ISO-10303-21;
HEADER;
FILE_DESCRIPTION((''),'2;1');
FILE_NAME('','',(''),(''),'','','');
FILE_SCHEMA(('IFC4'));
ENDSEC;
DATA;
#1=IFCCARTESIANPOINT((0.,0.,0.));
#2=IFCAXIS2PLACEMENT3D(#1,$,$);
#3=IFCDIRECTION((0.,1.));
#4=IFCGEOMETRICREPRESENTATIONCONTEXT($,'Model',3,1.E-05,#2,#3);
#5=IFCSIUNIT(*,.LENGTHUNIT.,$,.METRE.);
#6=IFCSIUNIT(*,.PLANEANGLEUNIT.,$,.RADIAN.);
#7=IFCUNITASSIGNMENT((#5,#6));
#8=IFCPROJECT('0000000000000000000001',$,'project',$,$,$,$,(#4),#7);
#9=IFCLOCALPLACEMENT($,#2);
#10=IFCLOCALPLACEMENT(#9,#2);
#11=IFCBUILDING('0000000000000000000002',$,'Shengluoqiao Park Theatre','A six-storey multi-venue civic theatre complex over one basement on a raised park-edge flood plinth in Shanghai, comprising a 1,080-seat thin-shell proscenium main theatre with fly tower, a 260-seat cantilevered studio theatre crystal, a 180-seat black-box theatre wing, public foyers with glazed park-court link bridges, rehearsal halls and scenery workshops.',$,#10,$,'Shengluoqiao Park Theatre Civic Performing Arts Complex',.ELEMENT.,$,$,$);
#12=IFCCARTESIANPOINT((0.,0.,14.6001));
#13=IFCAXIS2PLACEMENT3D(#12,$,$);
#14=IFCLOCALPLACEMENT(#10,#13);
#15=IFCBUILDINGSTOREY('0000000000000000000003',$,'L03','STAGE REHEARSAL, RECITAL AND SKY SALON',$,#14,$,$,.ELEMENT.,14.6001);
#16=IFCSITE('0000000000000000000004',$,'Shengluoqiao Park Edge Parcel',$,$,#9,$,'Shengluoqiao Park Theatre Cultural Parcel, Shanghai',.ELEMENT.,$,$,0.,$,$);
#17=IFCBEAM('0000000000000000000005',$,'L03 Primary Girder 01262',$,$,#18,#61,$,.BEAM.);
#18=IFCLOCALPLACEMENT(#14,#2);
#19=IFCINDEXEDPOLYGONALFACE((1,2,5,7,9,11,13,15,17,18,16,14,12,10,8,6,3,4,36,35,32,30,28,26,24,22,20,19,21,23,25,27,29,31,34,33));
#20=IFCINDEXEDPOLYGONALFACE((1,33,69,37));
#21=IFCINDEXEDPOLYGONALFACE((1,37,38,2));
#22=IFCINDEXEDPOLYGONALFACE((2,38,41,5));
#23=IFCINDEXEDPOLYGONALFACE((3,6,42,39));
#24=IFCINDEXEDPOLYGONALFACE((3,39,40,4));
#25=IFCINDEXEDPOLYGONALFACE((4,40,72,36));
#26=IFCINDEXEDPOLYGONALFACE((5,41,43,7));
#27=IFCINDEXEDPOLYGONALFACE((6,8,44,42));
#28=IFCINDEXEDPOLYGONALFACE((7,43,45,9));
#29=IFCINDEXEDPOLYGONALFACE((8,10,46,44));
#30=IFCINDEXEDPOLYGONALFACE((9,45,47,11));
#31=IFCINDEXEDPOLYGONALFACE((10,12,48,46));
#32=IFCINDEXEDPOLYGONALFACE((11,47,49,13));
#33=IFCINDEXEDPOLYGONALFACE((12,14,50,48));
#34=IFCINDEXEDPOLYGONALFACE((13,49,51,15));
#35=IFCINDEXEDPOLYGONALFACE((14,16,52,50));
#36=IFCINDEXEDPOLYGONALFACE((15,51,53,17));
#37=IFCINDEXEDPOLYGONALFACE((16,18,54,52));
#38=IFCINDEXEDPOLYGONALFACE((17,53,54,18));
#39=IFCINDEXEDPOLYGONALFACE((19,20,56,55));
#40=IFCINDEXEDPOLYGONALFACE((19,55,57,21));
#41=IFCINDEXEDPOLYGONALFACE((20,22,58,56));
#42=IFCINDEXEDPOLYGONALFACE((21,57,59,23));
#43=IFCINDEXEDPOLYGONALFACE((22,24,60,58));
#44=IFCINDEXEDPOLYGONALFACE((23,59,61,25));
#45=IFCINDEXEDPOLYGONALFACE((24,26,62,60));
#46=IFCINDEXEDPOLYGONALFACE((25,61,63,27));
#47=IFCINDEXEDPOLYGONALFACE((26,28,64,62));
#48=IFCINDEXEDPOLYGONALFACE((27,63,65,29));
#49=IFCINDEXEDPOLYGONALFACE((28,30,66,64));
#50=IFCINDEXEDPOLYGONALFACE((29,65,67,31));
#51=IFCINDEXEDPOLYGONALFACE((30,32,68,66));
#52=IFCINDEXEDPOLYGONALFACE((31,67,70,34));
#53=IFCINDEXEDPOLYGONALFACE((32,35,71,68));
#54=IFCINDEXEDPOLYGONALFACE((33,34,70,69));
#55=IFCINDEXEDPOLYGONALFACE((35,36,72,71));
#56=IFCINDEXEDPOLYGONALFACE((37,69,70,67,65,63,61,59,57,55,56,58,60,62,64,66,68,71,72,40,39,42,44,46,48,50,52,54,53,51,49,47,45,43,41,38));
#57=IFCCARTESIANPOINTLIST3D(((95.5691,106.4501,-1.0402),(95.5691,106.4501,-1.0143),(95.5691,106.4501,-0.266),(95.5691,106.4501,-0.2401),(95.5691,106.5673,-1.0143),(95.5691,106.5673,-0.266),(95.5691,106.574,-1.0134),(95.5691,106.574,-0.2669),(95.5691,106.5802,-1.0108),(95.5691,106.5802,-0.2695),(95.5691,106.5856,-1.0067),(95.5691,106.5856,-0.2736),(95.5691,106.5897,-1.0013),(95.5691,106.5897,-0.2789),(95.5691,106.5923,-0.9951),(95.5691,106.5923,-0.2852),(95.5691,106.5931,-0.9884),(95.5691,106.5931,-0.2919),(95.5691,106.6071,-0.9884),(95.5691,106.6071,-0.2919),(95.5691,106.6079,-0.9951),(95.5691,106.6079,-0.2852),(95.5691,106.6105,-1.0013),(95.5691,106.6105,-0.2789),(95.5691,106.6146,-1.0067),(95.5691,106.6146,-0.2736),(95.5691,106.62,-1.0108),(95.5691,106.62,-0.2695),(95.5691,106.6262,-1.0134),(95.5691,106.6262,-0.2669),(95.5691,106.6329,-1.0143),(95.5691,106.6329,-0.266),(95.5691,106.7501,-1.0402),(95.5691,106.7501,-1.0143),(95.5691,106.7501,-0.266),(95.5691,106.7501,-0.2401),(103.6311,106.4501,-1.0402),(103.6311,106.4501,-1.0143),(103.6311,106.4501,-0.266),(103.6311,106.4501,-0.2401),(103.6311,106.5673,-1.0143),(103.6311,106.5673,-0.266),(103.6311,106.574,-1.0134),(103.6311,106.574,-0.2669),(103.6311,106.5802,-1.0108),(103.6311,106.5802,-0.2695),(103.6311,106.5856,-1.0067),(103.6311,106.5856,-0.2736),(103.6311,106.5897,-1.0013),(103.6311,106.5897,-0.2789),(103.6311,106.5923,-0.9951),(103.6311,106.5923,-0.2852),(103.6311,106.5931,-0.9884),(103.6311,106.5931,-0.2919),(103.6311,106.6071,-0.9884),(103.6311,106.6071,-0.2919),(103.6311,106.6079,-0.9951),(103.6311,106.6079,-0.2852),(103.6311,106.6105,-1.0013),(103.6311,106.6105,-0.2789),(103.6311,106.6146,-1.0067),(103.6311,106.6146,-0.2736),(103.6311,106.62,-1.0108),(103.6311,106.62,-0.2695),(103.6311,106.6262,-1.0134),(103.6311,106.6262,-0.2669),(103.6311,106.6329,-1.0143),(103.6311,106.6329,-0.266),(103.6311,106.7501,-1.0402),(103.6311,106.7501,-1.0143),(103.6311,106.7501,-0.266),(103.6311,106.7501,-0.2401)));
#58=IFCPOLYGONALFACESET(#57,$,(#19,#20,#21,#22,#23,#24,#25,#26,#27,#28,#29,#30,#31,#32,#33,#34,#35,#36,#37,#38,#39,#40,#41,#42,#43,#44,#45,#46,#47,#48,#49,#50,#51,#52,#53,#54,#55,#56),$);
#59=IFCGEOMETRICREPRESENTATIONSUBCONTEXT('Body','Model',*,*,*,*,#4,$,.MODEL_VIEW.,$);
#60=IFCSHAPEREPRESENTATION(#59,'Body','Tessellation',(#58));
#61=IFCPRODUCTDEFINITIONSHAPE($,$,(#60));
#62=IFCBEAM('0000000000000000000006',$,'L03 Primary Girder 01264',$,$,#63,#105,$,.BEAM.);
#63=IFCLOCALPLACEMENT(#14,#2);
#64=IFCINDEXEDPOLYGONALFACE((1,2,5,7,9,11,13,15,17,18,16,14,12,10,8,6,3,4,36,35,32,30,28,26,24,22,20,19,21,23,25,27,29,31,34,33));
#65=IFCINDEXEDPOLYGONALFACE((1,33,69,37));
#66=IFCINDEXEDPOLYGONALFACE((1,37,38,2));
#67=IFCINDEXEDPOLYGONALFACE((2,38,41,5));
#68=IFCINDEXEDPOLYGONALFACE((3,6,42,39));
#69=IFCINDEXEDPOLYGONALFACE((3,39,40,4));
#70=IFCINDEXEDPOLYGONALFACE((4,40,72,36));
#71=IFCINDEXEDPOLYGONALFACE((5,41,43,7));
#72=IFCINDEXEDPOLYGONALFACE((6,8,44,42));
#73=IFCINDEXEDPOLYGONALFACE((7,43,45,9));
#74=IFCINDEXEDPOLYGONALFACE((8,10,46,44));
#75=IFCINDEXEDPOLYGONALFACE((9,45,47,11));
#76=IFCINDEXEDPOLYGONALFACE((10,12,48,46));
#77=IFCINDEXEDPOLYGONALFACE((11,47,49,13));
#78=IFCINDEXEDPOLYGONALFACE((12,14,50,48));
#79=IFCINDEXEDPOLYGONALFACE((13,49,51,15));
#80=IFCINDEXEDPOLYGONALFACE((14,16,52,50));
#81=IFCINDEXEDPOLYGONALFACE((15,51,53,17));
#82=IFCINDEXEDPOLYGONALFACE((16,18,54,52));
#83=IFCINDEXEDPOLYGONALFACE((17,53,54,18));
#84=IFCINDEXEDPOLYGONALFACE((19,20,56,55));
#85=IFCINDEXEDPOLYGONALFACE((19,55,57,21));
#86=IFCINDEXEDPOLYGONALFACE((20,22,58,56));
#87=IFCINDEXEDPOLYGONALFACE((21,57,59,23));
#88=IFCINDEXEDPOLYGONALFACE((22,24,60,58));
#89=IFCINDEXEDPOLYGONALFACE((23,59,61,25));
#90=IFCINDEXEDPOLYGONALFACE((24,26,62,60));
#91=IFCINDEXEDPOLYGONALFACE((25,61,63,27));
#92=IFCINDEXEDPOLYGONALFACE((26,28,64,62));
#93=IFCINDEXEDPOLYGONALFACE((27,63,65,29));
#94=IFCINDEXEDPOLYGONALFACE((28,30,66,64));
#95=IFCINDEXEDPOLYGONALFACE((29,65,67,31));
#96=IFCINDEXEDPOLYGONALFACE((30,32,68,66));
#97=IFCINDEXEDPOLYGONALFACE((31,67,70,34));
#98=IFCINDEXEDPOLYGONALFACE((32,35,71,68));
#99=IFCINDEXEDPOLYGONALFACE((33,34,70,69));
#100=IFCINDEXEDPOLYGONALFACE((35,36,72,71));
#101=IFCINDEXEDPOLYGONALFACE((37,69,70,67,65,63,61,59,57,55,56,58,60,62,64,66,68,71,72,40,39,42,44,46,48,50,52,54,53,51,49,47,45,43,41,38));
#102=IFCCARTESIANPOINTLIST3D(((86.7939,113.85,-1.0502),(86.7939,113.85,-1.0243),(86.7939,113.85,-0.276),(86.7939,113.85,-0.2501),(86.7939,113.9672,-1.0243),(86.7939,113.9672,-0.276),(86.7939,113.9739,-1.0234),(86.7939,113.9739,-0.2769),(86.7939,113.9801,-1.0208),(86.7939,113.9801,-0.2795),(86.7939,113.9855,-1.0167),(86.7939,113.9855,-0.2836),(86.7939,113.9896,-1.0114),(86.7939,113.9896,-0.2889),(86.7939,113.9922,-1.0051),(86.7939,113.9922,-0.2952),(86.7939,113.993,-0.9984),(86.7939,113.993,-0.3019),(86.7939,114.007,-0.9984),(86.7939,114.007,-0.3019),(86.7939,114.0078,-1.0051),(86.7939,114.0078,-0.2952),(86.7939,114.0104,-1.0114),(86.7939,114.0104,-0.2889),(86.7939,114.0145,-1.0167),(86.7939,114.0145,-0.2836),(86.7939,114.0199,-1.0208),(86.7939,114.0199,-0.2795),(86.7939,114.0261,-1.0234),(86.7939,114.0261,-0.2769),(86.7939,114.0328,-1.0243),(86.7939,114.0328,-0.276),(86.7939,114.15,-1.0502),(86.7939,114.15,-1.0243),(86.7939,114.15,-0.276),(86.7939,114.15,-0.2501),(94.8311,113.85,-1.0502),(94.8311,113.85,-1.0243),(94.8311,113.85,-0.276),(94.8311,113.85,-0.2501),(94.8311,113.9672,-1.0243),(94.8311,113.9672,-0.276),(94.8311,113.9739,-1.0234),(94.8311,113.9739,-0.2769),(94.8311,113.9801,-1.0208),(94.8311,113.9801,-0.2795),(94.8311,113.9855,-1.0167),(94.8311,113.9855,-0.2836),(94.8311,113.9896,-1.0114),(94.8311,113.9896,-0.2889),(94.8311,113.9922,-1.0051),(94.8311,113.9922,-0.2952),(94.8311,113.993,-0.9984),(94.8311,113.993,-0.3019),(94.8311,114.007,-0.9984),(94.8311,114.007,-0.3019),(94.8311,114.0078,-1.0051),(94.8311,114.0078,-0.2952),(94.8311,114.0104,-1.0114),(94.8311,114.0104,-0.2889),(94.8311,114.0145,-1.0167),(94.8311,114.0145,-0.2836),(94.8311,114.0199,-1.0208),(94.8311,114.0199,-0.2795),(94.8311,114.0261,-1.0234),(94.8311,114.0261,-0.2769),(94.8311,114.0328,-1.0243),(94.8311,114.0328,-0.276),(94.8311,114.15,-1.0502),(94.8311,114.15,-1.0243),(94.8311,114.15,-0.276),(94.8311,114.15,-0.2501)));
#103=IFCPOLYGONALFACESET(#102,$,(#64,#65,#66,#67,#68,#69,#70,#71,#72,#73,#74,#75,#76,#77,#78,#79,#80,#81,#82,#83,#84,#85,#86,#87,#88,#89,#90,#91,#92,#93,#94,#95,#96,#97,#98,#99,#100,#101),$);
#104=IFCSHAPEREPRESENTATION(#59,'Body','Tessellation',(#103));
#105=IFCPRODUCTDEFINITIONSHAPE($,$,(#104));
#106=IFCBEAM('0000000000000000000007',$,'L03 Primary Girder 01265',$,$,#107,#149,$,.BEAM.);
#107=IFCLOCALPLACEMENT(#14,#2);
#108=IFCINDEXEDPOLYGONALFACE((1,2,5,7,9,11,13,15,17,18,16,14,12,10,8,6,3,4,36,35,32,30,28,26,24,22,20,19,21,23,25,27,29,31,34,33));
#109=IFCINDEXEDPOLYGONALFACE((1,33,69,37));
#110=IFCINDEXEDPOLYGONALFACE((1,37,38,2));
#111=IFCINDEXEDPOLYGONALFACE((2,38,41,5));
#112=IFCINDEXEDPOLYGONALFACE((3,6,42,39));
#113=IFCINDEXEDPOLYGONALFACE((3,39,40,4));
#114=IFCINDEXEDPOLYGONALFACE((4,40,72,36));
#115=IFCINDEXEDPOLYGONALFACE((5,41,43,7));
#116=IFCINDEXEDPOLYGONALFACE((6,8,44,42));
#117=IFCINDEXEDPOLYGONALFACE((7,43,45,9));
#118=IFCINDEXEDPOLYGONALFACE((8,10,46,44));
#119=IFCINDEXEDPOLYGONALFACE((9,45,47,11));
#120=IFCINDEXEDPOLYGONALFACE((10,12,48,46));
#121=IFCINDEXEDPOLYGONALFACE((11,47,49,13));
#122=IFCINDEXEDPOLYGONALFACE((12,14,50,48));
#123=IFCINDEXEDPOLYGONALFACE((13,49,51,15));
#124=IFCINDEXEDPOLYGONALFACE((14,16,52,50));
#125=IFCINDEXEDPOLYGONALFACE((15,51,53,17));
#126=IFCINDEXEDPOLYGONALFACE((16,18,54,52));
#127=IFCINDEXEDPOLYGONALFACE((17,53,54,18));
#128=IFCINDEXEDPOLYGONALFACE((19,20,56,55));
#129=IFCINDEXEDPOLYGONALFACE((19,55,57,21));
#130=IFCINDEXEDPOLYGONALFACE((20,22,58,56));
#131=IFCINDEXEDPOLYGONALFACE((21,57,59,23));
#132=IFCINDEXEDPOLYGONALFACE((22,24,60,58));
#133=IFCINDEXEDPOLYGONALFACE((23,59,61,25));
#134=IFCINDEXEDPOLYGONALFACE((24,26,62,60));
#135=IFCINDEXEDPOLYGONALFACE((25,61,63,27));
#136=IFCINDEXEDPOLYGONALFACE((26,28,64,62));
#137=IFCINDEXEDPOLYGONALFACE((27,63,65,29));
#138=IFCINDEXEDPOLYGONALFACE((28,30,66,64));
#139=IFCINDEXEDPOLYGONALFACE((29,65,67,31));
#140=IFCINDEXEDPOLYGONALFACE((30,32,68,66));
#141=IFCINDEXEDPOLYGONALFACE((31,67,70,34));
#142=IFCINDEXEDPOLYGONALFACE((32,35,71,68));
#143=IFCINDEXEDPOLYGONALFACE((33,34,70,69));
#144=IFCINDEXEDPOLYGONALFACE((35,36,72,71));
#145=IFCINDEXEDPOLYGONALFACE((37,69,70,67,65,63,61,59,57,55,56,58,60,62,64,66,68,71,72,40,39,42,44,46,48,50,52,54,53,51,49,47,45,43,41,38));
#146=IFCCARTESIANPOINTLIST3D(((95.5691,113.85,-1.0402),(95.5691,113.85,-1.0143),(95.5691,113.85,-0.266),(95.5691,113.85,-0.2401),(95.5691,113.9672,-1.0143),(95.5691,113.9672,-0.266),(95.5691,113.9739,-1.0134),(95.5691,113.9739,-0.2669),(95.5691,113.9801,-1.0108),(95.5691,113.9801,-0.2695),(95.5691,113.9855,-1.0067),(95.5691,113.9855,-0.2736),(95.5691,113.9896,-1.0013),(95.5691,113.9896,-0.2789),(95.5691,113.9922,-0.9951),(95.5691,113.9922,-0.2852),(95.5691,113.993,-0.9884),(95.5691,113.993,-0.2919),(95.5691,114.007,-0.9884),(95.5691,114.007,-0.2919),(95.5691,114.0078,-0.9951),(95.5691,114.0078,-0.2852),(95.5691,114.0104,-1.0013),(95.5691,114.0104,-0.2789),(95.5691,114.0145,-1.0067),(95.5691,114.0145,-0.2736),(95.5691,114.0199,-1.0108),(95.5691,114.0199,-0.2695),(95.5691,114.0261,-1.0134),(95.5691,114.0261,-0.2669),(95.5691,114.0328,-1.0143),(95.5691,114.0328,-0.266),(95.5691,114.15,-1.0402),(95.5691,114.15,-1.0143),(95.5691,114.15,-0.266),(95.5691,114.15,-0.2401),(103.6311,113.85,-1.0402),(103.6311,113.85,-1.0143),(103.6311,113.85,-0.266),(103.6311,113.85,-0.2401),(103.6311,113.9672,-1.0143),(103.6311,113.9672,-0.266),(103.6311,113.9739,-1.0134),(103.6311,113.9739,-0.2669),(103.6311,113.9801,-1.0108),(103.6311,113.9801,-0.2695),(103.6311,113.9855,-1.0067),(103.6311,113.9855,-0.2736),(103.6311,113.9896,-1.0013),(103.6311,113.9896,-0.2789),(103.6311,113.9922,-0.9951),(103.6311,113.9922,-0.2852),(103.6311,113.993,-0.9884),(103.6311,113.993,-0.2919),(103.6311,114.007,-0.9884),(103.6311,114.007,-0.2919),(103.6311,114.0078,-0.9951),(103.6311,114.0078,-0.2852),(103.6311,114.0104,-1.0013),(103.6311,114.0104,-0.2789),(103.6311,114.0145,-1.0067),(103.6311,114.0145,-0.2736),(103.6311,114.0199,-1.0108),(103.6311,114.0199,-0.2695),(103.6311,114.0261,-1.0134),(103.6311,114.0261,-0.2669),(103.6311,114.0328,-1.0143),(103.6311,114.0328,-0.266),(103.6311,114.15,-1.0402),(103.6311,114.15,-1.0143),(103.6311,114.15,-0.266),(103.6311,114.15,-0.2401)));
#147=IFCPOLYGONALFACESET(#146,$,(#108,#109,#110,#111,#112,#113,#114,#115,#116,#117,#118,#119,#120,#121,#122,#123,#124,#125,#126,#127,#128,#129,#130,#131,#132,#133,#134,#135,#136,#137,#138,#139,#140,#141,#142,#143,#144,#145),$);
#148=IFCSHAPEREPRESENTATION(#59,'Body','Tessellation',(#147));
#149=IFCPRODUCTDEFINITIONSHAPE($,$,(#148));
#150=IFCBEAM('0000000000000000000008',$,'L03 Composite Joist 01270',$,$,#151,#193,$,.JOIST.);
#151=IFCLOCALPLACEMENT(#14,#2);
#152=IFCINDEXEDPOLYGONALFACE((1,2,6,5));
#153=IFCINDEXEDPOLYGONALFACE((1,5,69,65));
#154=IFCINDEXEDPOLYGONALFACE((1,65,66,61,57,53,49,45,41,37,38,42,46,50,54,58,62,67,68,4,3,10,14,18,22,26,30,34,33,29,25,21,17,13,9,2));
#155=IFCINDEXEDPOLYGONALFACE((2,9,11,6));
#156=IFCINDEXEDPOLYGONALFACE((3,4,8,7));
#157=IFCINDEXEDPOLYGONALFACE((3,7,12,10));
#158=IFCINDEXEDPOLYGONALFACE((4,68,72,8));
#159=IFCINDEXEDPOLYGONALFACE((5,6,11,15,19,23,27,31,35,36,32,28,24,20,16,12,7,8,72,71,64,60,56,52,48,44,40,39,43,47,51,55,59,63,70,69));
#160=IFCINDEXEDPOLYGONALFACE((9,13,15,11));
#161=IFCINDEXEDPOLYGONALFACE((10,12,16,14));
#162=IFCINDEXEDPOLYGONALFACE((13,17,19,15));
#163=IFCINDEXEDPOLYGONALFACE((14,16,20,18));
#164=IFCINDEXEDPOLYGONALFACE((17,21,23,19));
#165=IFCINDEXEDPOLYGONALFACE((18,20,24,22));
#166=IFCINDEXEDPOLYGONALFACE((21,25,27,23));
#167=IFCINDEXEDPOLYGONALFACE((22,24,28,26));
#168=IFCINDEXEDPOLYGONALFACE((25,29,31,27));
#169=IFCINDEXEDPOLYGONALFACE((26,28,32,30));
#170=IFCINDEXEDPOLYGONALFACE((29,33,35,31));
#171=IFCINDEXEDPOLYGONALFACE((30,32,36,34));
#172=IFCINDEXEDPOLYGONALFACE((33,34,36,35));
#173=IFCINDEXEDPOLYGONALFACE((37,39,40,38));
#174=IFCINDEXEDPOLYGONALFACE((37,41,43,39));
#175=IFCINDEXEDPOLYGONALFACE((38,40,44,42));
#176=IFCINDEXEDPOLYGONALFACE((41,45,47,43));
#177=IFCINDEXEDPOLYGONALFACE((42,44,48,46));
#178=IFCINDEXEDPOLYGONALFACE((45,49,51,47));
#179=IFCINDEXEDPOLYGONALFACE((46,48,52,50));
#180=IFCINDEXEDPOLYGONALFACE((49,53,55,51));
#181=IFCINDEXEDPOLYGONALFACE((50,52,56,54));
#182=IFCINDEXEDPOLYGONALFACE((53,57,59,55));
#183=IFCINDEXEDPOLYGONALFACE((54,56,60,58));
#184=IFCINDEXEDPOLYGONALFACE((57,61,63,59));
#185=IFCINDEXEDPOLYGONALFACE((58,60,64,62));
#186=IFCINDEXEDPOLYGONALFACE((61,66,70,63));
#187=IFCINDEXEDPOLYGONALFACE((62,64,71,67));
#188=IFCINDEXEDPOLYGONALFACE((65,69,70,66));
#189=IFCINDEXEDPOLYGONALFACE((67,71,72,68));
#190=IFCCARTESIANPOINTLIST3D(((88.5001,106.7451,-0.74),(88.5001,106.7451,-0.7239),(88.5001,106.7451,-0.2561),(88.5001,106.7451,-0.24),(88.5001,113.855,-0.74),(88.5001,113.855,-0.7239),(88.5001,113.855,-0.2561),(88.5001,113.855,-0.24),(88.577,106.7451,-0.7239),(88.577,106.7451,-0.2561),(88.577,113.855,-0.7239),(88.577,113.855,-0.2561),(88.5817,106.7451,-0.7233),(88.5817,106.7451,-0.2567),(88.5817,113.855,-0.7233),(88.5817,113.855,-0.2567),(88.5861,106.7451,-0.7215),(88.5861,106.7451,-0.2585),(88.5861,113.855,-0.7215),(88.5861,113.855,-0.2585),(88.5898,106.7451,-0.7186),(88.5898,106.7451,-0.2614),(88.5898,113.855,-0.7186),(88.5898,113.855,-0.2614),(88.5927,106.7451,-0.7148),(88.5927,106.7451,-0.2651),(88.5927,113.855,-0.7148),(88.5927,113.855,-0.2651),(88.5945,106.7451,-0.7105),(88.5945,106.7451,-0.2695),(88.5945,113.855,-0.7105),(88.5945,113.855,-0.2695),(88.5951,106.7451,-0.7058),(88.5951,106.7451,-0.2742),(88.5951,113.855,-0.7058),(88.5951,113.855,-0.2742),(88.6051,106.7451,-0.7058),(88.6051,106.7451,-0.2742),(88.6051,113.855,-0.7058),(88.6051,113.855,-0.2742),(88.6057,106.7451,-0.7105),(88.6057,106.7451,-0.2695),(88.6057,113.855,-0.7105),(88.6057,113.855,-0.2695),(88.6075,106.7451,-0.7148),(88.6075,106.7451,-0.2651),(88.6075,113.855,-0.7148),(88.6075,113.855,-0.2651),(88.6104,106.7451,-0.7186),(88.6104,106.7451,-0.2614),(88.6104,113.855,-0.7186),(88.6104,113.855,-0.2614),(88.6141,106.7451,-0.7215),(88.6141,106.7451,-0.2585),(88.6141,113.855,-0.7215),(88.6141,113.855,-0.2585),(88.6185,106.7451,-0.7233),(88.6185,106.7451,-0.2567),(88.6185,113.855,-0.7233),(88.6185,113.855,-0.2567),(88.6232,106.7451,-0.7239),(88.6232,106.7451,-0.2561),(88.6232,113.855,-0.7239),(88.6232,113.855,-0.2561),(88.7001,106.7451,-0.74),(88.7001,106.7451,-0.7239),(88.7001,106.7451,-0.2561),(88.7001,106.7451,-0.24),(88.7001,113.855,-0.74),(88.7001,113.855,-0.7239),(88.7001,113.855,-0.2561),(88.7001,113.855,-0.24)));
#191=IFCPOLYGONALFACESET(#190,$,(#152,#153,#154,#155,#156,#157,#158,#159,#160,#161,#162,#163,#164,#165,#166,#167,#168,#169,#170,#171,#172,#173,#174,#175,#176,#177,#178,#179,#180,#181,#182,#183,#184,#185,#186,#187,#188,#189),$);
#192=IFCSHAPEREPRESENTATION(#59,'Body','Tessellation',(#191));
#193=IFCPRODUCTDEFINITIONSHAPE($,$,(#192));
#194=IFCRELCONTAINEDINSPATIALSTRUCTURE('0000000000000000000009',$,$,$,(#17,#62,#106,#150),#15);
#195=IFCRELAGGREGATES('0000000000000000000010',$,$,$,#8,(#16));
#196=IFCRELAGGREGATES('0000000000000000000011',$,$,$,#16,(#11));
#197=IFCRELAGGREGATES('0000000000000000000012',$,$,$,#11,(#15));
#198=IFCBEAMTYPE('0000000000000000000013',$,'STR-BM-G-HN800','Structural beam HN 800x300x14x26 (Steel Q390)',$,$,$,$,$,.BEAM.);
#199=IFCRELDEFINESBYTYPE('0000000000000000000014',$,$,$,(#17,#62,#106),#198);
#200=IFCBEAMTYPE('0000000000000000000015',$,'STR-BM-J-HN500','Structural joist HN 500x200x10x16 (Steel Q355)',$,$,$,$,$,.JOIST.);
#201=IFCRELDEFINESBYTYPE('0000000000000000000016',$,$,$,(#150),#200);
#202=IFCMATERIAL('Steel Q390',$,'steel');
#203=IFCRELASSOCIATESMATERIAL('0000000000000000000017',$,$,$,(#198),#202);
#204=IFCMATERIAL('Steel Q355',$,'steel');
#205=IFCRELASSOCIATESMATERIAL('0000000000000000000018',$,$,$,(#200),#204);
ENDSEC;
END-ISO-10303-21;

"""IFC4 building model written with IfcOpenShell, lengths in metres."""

from ifc_helpers import new_model, si_unit, direction, frame, origin, origin_2d, place, context, subcontext, project, spatial, i_section, extrude, material, material_profile, profile_set, type_object, element, save


model = new_model("IFC4")

# Units and contexts
model_context = context("Model", 3, precision=1e-05, world=origin(), true_north=direction((0.0, 1.0)))
body_context = subcontext(model_context, "Body", "Model", "MODEL_VIEW")
ifc_project = project(units=[si_unit("LENGTHUNIT", "METRE"), si_unit("PLANEANGLEUNIT", "RADIAN")], contexts=[model_context])

# Site, building, storey
site_placement = place(None, origin())
site = spatial("IfcSite", under=ifc_project, at=site_placement, Name="Shengluoqiao Park Edge Parcel", LongName="Shengluoqiao Park Theatre Cultural Parcel, Shanghai", CompositionType="ELEMENT", RefElevation=0.0)
building_placement = place(site_placement, origin())
building = spatial("IfcBuilding", under=site, at=building_placement, Name="Shengluoqiao Park Theatre", Description="A six-storey multi-venue civic theatre complex over one basement on a raised park-edge flood plinth in Shanghai, comprising a 1,080-seat thin-shell proscenium main theatre with fly tower, a 260-seat cantilevered studio theatre crystal, a 180-seat black-box theatre wing, public foyers with glazed park-court link bridges, rehearsal halls and scenery workshops.", LongName="Shengluoqiao Park Theatre Civic Performing Arts Complex", CompositionType="ELEMENT")
storey_placement = place(building_placement, frame((0.0, 0.0, 14.6001)))
storey = spatial("IfcBuildingStorey", under=building, at=storey_placement, Name="L03", Description="STAGE REHEARSAL, RECITAL AND SKY SALON", CompositionType="ELEMENT", Elevation=14.6001)

# Beams
ifc_material_1 = material(Name="Steel Q355", Category="steel")
ifc_material_2 = material(Name="Steel Q390", Category="steel")
ifc_material_profile_1 = material_profile(ifc_material_2, i_section(OverallWidth=0.3, OverallDepth=0.8, WebThickness=0.0139, FlangeThickness=0.0259, FilletRadius=0.0259, at=origin_2d()), Name="HN 800x300x14x26")
ifc_profile_set_1 = profile_set([ifc_material_profile_1], Name="Steel Q390")
beam_type_1 = type_object("IfcBeamType", Name="STR-BM-G-HN800", Description="Structural beam HN 800x300x14x26 (Steel Q390)", PredefinedType="BEAM", material=ifc_profile_set_1)
beam_1_placement = place(storey_placement, frame((95.5691, 106.6001, -0.6401), z_axis=(1.0, 0.0, 0.0), x_axis=(0.0, 1.0, 0.0)))
element("IfcBeam", 1, at=beam_1_placement, inside=storey, type_object=beam_type_1, Name="L03 Primary Girder 01262", PredefinedType="BEAM", context=body_context, shape_type="SweptSolid", body=[
    extrude(i_section(OverallWidth=0.3, OverallDepth=0.8, WebThickness=0.0139, FlangeThickness=0.0259, FilletRadius=0.0259, at=origin_2d()), origin(), (0.0, 0.0, 1.0), 8.062),
])
beam_2_placement = place(storey_placement, frame((86.7939, 114.0, -0.6501), z_axis=(1.0, 0.0, 0.0), x_axis=(0.0, 1.0, 0.0)))
element("IfcBeam", 2, at=beam_2_placement, inside=storey, type_object=beam_type_1, Name="L03 Primary Girder 01264", PredefinedType="BEAM", context=body_context, shape_type="SweptSolid", body=[
    extrude(i_section(OverallWidth=0.3, OverallDepth=0.8, WebThickness=0.0139, FlangeThickness=0.0259, FilletRadius=0.0259, at=origin_2d()), origin(), (0.0, 0.0, 1.0), 8.0371),
])
beam_3_placement = place(storey_placement, frame((95.5691, 114.0, -0.6401), z_axis=(1.0, 0.0, 0.0), x_axis=(0.0, 1.0, 0.0)))
element("IfcBeam", 3, at=beam_3_placement, inside=storey, type_object=beam_type_1, Name="L03 Primary Girder 01265", PredefinedType="BEAM", context=body_context, shape_type="SweptSolid", body=[
    extrude(i_section(OverallWidth=0.3, OverallDepth=0.8, WebThickness=0.0139, FlangeThickness=0.0259, FilletRadius=0.0259, at=origin_2d()), origin(), (0.0, 0.0, 1.0), 8.062),
])
ifc_material_profile_2 = material_profile(ifc_material_1, i_section(OverallWidth=0.2, OverallDepth=0.5, WebThickness=0.01, FlangeThickness=0.0161, FilletRadius=0.0181, at=origin_2d()), Name="HN 500x200x10x16")
ifc_profile_set_2 = profile_set([ifc_material_profile_2], Name="Steel Q355")
beam_type_2 = type_object("IfcBeamType", Name="STR-BM-J-HN500", Description="Structural joist HN 500x200x10x16 (Steel Q355)", PredefinedType="JOIST", material=ifc_profile_set_2)
for number, where, z_axis, x_axis, name in (
    (4, (88.6001, 106.7451, -0.49), (0.0, 1.0, 0.0), (-1.0, 0.0, 0.0), "L03 Composite Joist 01270"),
):
    element("IfcBeam", number, at=place(storey_placement, frame(where, z_axis=z_axis, x_axis=x_axis)), inside=storey, type_object=beam_type_2, Name=name, PredefinedType="JOIST", context=body_context, shape_type="SweptSolid", body=[
        extrude(i_section(OverallWidth=0.2, OverallDepth=0.5, WebThickness=0.01, FlangeThickness=0.0161, FilletRadius=0.0181, at=origin_2d()), origin(), (0.0, 0.0, 1.0), 7.1099),
    ])

save(model, "model.ifc")
